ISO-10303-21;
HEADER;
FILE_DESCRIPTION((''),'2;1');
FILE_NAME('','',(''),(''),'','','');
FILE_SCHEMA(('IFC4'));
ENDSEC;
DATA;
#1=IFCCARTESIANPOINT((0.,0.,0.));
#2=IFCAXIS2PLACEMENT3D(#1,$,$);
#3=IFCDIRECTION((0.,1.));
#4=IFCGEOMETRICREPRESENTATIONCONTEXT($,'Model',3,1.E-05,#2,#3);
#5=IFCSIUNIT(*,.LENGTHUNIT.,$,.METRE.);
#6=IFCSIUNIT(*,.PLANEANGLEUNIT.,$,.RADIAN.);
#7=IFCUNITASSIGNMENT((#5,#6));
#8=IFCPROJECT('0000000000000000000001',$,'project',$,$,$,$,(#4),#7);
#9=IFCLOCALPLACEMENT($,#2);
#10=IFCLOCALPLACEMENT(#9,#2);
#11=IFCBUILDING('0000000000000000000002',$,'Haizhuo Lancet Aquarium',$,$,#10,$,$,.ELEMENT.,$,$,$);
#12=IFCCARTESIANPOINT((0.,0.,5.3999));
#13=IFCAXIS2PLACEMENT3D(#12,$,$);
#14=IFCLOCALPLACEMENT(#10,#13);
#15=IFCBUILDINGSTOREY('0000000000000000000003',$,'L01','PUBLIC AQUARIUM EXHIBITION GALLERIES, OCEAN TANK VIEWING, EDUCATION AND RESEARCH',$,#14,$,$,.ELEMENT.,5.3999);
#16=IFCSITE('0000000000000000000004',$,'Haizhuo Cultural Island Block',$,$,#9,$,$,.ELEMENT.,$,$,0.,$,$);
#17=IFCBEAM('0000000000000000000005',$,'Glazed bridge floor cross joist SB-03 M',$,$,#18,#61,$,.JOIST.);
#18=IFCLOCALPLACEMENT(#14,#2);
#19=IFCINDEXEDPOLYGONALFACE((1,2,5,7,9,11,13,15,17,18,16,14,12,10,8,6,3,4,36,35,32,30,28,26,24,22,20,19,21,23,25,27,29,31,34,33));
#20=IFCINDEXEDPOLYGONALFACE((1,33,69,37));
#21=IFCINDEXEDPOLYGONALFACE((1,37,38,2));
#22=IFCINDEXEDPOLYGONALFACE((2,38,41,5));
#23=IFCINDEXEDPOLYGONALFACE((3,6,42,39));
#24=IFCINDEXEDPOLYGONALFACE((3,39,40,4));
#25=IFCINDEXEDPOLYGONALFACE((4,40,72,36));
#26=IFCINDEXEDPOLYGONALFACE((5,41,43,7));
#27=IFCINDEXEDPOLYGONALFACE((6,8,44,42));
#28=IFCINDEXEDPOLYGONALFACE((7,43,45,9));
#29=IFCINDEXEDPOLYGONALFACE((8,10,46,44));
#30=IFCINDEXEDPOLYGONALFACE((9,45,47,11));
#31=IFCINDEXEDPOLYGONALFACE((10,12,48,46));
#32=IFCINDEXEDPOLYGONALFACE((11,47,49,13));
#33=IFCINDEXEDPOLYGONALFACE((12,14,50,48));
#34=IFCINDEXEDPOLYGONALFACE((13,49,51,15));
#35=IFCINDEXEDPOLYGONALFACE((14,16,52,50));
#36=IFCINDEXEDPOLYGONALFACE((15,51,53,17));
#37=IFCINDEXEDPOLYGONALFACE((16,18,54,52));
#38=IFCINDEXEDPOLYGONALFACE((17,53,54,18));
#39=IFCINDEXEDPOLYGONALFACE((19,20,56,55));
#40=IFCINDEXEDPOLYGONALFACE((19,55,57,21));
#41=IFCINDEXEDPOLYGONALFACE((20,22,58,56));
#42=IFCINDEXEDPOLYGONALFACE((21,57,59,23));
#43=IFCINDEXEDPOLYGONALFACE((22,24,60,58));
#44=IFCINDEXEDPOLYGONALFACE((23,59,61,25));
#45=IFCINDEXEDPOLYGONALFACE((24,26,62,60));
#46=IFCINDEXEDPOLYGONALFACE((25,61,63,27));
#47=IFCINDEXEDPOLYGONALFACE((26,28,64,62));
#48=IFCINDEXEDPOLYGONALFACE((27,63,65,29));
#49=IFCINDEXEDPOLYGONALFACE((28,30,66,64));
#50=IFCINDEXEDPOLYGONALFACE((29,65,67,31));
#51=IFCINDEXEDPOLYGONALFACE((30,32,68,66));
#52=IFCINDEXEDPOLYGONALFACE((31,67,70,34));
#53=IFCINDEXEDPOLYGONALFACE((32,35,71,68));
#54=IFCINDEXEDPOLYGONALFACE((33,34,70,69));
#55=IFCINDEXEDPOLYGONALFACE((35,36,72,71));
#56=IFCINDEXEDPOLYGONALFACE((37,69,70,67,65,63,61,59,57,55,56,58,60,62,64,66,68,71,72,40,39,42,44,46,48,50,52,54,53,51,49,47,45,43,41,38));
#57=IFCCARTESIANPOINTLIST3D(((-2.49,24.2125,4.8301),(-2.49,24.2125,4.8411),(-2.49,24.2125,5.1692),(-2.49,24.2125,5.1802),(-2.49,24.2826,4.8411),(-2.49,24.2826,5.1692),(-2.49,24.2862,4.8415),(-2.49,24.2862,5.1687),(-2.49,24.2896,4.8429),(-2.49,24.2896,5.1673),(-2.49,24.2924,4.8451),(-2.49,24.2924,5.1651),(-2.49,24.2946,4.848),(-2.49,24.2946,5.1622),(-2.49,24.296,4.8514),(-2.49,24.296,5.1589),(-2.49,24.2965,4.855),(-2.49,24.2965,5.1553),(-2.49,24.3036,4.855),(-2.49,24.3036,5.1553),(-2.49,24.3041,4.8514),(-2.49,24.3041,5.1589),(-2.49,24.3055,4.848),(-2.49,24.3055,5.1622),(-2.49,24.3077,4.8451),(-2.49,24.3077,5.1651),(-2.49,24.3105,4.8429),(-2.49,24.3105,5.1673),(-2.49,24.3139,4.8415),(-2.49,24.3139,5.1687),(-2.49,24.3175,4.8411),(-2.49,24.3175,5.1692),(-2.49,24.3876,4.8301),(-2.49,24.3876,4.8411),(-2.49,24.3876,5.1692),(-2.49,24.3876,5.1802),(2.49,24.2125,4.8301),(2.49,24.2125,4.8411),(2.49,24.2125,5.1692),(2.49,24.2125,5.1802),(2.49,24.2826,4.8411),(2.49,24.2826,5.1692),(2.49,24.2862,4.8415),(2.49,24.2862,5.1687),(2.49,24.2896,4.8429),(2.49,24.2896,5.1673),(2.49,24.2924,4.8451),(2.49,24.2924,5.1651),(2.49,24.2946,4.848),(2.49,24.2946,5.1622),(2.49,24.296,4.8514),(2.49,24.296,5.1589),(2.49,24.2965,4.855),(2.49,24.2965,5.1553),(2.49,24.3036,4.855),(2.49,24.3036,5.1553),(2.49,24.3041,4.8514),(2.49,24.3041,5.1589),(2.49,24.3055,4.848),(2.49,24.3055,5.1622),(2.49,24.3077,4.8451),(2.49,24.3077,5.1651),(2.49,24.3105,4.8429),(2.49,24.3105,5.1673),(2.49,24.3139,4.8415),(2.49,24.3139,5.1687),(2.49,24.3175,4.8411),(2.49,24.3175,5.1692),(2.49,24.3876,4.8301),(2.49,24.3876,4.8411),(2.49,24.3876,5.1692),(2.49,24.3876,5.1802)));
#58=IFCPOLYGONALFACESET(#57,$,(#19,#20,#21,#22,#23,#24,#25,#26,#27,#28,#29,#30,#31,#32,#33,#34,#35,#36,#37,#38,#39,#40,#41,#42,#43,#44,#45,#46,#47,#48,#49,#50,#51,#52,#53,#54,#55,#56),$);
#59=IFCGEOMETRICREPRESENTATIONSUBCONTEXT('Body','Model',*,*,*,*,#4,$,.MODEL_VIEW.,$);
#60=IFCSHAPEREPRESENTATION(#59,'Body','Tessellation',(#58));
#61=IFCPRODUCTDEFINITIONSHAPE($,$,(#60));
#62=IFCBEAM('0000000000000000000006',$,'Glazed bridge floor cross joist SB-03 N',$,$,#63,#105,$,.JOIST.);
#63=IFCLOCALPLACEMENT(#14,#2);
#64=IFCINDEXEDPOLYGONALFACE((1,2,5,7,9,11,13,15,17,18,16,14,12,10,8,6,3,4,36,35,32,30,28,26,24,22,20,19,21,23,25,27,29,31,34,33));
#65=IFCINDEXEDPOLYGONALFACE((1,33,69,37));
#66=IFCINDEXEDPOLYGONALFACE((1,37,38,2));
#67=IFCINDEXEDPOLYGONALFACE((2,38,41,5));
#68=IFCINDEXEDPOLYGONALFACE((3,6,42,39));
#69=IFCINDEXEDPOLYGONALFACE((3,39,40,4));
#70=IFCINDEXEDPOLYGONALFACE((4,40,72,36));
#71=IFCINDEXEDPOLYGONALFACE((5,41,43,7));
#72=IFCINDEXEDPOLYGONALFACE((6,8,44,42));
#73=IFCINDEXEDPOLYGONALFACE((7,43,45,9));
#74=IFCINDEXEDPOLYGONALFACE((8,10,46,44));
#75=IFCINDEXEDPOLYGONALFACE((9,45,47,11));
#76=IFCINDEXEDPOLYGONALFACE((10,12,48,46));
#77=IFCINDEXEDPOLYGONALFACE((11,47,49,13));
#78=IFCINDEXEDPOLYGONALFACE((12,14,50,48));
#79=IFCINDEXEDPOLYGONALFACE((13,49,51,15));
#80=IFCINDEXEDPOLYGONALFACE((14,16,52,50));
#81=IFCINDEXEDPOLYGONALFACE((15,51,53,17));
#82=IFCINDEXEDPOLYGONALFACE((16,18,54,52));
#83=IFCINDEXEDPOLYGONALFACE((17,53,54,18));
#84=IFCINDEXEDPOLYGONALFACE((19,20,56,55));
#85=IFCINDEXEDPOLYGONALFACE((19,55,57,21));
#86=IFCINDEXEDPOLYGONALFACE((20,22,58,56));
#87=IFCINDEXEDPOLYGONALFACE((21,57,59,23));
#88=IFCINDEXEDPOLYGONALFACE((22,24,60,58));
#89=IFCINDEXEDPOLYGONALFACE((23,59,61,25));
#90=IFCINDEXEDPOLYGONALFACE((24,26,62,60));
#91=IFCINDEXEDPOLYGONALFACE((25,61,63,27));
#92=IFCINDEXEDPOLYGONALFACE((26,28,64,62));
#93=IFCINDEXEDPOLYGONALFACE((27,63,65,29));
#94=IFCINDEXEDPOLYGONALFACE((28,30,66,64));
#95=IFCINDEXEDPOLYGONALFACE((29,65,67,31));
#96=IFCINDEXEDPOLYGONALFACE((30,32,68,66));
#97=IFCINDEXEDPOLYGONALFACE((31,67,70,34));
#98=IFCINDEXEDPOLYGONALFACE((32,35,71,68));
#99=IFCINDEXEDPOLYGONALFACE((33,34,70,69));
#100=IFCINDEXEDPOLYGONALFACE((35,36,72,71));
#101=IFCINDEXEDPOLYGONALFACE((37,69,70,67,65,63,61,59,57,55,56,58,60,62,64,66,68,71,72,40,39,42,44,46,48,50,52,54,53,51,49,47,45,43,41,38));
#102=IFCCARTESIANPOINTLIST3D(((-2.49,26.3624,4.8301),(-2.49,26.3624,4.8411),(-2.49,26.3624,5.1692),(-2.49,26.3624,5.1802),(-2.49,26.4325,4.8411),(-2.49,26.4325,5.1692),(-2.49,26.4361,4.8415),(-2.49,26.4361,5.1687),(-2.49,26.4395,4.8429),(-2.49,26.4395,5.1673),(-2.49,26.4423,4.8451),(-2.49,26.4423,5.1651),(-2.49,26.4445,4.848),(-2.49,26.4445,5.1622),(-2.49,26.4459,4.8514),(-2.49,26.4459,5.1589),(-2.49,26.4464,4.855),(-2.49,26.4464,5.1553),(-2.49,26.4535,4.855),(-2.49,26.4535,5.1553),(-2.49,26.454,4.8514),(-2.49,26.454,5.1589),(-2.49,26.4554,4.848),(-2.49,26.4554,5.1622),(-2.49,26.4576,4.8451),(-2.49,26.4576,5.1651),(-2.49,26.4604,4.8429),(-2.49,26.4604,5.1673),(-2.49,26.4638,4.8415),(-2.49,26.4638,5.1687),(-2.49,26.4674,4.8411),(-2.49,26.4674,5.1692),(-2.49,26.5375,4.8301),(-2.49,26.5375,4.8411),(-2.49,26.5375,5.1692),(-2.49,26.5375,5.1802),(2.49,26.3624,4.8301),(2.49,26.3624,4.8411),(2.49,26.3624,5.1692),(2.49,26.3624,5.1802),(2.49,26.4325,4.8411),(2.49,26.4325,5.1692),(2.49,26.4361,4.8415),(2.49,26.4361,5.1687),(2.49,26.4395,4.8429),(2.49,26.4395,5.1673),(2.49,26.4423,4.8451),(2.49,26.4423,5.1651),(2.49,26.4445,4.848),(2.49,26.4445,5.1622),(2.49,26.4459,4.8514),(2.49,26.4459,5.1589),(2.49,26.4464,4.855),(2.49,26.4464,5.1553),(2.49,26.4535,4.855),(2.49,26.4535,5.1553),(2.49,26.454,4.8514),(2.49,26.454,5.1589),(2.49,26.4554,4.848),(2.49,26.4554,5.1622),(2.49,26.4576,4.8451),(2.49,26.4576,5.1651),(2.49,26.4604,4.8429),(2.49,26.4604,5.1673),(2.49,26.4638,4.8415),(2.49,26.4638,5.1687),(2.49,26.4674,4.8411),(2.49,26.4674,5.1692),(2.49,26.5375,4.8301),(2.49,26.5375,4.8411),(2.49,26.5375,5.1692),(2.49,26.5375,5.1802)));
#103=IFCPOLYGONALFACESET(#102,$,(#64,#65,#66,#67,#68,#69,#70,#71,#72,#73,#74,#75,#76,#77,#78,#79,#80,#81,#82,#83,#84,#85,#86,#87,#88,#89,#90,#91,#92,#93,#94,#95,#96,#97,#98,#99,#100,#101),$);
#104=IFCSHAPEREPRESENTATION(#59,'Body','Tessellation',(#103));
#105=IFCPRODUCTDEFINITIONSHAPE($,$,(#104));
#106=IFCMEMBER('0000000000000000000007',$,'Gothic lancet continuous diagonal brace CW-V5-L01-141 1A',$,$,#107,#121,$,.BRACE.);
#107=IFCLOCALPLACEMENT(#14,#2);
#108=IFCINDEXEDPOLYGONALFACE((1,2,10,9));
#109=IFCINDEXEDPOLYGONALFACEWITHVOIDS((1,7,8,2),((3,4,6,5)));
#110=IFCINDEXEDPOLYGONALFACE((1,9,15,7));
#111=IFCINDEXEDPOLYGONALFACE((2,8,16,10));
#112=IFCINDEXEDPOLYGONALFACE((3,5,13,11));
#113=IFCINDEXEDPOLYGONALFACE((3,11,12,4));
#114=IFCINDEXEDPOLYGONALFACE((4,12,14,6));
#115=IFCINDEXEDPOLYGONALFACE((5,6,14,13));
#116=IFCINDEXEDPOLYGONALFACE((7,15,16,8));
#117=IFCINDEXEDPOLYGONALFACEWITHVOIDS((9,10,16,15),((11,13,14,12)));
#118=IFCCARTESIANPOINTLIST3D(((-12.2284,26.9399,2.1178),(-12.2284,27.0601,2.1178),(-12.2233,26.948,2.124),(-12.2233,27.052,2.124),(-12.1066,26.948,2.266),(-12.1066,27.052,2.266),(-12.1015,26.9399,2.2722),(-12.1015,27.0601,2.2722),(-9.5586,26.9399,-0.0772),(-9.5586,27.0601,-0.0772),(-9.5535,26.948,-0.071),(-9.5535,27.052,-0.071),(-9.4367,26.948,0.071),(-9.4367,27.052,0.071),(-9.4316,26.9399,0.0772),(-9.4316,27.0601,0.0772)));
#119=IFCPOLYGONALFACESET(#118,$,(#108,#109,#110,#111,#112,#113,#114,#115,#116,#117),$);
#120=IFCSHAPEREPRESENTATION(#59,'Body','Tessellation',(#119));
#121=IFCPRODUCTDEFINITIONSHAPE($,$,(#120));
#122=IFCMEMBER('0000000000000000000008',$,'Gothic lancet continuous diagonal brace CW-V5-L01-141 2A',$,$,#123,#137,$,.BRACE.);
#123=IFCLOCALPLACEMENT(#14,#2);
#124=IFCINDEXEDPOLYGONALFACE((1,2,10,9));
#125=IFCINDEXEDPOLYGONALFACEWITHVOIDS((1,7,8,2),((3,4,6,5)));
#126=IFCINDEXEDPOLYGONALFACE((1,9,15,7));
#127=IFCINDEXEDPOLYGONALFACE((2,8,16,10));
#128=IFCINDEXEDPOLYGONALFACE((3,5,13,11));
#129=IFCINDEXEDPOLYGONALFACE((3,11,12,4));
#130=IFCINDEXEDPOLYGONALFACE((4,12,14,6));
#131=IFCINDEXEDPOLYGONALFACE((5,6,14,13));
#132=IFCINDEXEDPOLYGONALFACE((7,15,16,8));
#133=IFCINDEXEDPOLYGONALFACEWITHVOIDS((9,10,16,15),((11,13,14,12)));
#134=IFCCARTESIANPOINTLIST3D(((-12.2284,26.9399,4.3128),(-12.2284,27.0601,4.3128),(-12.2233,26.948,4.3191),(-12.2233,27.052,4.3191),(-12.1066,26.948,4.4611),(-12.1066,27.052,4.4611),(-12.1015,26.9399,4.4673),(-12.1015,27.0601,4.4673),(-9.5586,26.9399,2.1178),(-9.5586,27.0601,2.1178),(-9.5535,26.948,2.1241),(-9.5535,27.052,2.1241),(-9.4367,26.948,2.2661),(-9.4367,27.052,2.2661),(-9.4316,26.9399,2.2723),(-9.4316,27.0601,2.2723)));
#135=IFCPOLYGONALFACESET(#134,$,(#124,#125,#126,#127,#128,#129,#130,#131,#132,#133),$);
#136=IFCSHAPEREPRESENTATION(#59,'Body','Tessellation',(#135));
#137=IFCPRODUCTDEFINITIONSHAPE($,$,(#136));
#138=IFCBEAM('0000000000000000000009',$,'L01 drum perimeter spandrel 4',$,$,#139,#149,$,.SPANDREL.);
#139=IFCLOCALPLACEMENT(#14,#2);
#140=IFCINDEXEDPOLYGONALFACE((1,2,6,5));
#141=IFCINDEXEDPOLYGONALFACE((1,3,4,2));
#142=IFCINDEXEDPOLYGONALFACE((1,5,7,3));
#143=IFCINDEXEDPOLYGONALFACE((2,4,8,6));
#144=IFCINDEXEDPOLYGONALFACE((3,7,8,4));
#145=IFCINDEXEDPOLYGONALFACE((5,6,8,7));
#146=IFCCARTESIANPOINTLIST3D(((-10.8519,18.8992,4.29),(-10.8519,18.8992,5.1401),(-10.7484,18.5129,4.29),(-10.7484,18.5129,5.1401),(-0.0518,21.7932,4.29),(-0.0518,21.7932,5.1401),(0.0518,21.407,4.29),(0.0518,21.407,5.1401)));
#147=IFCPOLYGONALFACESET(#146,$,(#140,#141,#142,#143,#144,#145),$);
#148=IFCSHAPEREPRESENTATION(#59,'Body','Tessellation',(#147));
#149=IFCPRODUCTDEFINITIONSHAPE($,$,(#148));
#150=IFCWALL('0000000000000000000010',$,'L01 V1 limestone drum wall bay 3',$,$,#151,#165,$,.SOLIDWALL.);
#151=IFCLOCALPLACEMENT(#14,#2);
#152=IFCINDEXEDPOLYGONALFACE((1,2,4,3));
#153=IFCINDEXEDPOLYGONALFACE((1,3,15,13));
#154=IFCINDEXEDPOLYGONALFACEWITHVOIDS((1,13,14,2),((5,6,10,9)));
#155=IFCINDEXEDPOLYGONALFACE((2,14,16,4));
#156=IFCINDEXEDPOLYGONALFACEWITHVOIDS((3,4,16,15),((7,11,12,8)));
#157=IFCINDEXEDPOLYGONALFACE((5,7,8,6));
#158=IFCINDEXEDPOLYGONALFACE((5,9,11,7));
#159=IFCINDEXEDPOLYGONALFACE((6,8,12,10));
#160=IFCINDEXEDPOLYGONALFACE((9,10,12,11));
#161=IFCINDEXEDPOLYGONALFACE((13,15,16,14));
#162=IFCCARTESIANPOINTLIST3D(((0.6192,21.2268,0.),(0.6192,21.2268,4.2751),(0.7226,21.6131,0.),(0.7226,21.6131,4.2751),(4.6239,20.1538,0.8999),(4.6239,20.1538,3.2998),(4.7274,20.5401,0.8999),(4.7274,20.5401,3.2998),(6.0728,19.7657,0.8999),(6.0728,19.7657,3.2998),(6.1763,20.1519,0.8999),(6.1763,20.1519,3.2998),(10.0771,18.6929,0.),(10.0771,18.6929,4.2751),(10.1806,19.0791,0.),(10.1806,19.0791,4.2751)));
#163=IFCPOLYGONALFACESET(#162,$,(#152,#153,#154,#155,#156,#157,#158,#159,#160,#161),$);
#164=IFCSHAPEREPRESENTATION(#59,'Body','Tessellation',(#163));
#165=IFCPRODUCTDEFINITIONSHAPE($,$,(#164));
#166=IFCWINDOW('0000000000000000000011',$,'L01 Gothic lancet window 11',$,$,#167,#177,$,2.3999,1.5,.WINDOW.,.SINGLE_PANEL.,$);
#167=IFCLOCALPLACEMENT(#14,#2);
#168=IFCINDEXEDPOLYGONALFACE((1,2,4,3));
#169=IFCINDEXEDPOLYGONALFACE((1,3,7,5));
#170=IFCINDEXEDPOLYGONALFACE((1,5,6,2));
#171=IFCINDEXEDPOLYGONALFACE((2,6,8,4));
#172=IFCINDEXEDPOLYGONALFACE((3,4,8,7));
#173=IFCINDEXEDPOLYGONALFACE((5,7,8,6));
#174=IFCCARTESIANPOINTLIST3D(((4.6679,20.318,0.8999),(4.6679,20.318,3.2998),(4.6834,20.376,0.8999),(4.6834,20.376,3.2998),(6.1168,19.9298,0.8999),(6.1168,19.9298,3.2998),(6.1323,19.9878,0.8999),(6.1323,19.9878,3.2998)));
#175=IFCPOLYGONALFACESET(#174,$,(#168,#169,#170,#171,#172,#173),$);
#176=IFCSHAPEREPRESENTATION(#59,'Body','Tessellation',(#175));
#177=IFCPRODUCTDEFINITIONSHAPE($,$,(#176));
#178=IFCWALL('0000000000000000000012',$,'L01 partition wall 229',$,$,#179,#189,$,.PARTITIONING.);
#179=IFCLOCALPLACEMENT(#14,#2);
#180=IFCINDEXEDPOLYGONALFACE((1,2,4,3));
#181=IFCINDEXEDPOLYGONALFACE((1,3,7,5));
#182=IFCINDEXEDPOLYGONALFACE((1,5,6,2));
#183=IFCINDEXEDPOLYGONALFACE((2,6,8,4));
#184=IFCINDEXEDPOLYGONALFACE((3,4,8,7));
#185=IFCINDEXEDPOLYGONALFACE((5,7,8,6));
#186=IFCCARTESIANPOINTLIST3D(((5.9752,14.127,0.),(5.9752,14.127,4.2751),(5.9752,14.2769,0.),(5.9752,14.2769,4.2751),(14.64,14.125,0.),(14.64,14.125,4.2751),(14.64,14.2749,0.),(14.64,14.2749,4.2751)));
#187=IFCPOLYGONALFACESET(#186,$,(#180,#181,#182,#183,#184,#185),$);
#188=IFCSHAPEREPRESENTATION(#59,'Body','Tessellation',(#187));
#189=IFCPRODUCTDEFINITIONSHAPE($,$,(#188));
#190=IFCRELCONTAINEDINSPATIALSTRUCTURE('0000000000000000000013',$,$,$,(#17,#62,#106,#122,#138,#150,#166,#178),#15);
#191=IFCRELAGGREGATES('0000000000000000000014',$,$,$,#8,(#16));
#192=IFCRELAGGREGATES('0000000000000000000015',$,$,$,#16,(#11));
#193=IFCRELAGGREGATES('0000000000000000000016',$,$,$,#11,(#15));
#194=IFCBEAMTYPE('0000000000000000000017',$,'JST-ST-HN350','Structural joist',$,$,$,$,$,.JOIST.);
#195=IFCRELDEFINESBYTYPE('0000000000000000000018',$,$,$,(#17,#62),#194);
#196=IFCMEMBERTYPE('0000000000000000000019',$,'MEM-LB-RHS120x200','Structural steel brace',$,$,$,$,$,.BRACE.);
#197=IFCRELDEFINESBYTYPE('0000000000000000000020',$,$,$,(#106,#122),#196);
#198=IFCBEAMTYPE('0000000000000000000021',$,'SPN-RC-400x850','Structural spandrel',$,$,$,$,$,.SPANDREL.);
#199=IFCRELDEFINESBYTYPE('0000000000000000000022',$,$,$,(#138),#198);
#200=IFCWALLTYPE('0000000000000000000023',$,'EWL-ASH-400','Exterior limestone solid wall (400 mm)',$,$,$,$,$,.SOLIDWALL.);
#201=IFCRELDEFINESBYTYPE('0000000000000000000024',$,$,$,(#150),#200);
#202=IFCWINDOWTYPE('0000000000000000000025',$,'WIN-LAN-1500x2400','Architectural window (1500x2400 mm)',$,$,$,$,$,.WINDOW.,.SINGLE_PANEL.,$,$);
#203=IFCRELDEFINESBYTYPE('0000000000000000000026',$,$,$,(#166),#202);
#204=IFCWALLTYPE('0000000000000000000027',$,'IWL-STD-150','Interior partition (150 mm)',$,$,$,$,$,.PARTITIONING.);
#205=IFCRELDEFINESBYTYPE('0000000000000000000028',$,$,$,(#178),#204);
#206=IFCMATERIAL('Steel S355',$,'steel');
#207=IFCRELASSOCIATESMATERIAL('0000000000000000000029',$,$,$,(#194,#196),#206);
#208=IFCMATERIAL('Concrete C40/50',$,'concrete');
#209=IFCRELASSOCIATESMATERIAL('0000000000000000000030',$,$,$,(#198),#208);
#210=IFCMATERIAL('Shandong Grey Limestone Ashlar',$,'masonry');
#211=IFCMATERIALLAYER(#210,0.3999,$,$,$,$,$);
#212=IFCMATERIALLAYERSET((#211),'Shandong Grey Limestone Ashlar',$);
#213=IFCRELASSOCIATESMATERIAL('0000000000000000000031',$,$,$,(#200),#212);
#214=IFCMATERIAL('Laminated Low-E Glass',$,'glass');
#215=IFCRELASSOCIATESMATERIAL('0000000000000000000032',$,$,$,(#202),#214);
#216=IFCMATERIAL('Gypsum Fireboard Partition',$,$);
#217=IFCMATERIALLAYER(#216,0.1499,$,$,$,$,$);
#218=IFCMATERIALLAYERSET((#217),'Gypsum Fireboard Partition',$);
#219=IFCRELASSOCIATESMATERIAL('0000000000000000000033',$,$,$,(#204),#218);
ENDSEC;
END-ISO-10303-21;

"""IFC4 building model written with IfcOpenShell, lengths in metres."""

from ifc_helpers import new_model, si_unit, direction, frame, frame_2d, origin, origin_2d, place, context, subcontext, project, spatial, rectangle, hollow_rectangle, i_section, extrude, material, layer, layer_set, material_profile, profile_set, type_object, element, fill, save


model = new_model("IFC4")

# Units and contexts
model_context = context("Model", 3, precision=1e-05, world=origin(), true_north=direction((0.0, 1.0)))
body_context = subcontext(model_context, "Body", "Model", "MODEL_VIEW")
ifc_project = project(units=[si_unit("LENGTHUNIT", "METRE"), si_unit("PLANEANGLEUNIT", "RADIAN")], contexts=[model_context])

# Site, building, storey
site_placement = place(None, origin())
site = spatial("IfcSite", under=ifc_project, at=site_placement, Name="Haizhuo Cultural Island Block", CompositionType="ELEMENT", RefElevation=0.0)
building_placement = place(site_placement, origin())
building = spatial("IfcBuilding", under=site, at=building_placement, Name="Haizhuo Lancet Aquarium", CompositionType="ELEMENT")
storey_placement = place(building_placement, frame((0.0, 0.0, 5.3999)))
storey = spatial("IfcBuildingStorey", under=building, at=storey_placement, Name="L01", Description="PUBLIC AQUARIUM EXHIBITION GALLERIES, OCEAN TANK VIEWING, EDUCATION AND RESEARCH", CompositionType="ELEMENT", Elevation=5.3999)

# Shared definitions
ifc_material_1 = material(Name="Concrete C40/50", Category="concrete")
ifc_material_2 = material(Name="Steel S355", Category="steel")

# Beams
ifc_material_profile_1 = material_profile(ifc_material_2, i_section(OverallWidth=0.175, OverallDepth=0.3501, WebThickness=0.0071, FlangeThickness=0.011, FilletRadius=0.0139, at=origin_2d()), Name="HN 350x175x7x11")
ifc_profile_set_1 = profile_set([ifc_material_profile_1], Name="Steel S355")
beam_type_1 = type_object("IfcBeamType", Name="JST-ST-HN350", Description="Structural joist", PredefinedType="JOIST", material=ifc_profile_set_1)
for number, where, z_axis, x_axis, name in (
    (1, (-2.49, 24.3, 5.0051), (1.0, 0.0, 0.0), (0.0, 1.0, 0.0), "Glazed bridge floor cross joist SB-03 M"),
    (2, (-2.49, 26.45, 5.0051), (1.0, 0.0, 0.0), (0.0, 1.0, 0.0), "Glazed bridge floor cross joist SB-03 N"),
):
    element("IfcBeam", number, at=place(storey_placement, frame(where, z_axis=z_axis, x_axis=x_axis)), inside=storey, type_object=beam_type_1, Name=name, PredefinedType="JOIST", context=body_context, shape_type="SweptSolid", body=[
        extrude(i_section(OverallWidth=0.175, OverallDepth=0.3501, WebThickness=0.0071, FlangeThickness=0.011, FilletRadius=0.0139, at=origin_2d()), origin(), (0.0, 0.0, 1.0), 4.98),
    ])

# Members
ifc_material_profile_2 = material_profile(ifc_material_2, hollow_rectangle(XDim=0.1201, YDim=0.2, WallThickness=0.0081, at=origin_2d()), Name="RHS 120x200x8")
ifc_profile_set_2 = profile_set([ifc_material_profile_2], Name="Steel S355")
member_type_1 = type_object("IfcMemberType", Name="MEM-LB-RHS120x200", Description="Structural steel brace", PredefinedType="BRACE", material=ifc_profile_set_2)
for number, where, z_axis, x_axis, name in (
    (3, (-9.4951, 27.0, 0.0), (-0.772454, 0.0, 0.635071), (0.0, -1.0, 0.0), "Gothic lancet continuous diagonal brace CW-V5-L01-141 1A"),
    (4, (-9.4951, 27.0, 2.1951), (-0.772454, 0.0, 0.635071), (0.0, -1.0, 0.0), "Gothic lancet continuous diagonal brace CW-V5-L01-141 2A"),
):
    element("IfcMember", number, at=place(storey_placement, frame(where, z_axis=z_axis, x_axis=x_axis)), inside=storey, type_object=member_type_1, Name=name, PredefinedType="BRACE", context=body_context, shape_type="SweptSolid", body=[
        extrude(hollow_rectangle(XDim=0.1201, YDim=0.2, WallThickness=0.0081, at=origin_2d()), origin(), (0.0, 0.0, 1.0), 3.4563),
    ])

# Beam
ifc_material_profile_3 = material_profile(ifc_material_1, rectangle(XDim=0.3999, YDim=0.8501, at=origin_2d()), Name="RC-SP 400x850")
ifc_profile_set_3 = profile_set([ifc_material_profile_3], Name="Concrete C40/50")
beam_type_2 = type_object("IfcBeamType", Name="SPN-RC-400x850", Description="Structural spandrel", PredefinedType="SPANDREL", material=ifc_profile_set_3)
beam_1_placement = place(storey_placement, frame((0.0, 21.6001, 4.7151), z_axis=(-0.965922, -0.258834, 0.0), x_axis=(0.258834, -0.965922, 0.0)))
element("IfcBeam", 5, at=beam_1_placement, inside=storey, type_object=beam_type_2, Name="L01 drum perimeter spandrel 4", PredefinedType="SPANDREL", context=body_context, shape_type="SweptSolid", body=[
    extrude(rectangle(XDim=0.3999, YDim=0.8501, at=origin_2d()), origin(), (0.0, 0.0, 1.0), 11.1812),
])

# Wall, opening, window
ifc_material_3 = material(Name="Shandong Grey Limestone Ashlar", Category="masonry")
ifc_layer_1 = layer(ifc_material_3, 0.3999)
ifc_layer_set_1 = layer_set([ifc_layer_1], Name="Shandong Grey Limestone Ashlar")
wall_type_1 = type_object("IfcWallType", Name="EWL-ASH-400", Description="Exterior limestone solid wall (400 mm)", PredefinedType="SOLIDWALL", material=ifc_layer_set_1)
wall_1_placement = place(storey_placement, frame((0.6709, 21.4199, 0.0), z_axis=(0.0, 0.0, 1.0), x_axis=(0.965934, -0.258788, 0.0)))
wall_1 = element("IfcWall", 6, at=wall_1_placement, inside=storey, type_object=wall_type_1, Name="L01 V1 limestone drum wall bay 3", PredefinedType="SOLIDWALL", context=body_context, shape_type="SweptSolid", body=[
    extrude(rectangle(XDim=9.7915, YDim=0.3999, at=frame_2d((4.8958, 0.0))), origin(), (0.0, 0.0, 1.0), 4.2751),
])
opening_placement = place(wall_1_placement, frame((4.146, 0.0, 0.8999)))
opening = element("IfcOpeningElement", 7, at=opening_placement, cuts=wall_1, PredefinedType="OPENING", context=body_context, shape_type="SweptSolid", body=[
    extrude(rectangle(XDim=1.5, YDim=2.3999, at=frame_2d((0.75, 1.2))), frame((0.0, 0.21, 0.0), z_axis=(0.0, -1.0, 0.0), x_axis=(1.0, 0.0, 0.0)), (0.0, 0.0, 1.0), 0.4199),
])
ifc_material_4 = material(Name="Laminated Low-E Glass", Category="glass")
window_type = type_object("IfcWindowType", Name="WIN-LAN-1500x2400", Description="Architectural window (1500x2400 mm)", PartitioningType="SINGLE_PANEL", PredefinedType="WINDOW", material=ifc_material_4)
window_placement = place(opening_placement, origin())
window = element("IfcWindow", 8, at=window_placement, inside=storey, type_object=window_type, Name="L01 Gothic lancet window 11", OverallHeight=2.3999, OverallWidth=1.5, PartitioningType="SINGLE_PANEL", PredefinedType="WINDOW", context=body_context, shape_type="SweptSolid", body=[
    extrude(rectangle(XDim=1.5, YDim=2.3999, at=frame_2d((0.75, 1.2))), frame((0.0, 0.03, 0.0), z_axis=(0.0, -1.0, 0.0), x_axis=(1.0, 0.0, 0.0)), (0.0, 0.0, 1.0), 0.0601),
])
fill(opening, window)

# Wall
ifc_material_5 = material(Name="Gypsum Fireboard Partition")
ifc_layer_2 = layer(ifc_material_5, 0.1499)
ifc_layer_set_2 = layer_set([ifc_layer_2], Name="Gypsum Fireboard Partition")
wall_type_2 = type_object("IfcWallType", Name="IWL-STD-150", Description="Interior partition (150 mm)", PredefinedType="PARTITIONING", material=ifc_layer_set_2)
wall_2_placement = place(storey_placement, frame((5.9751, 14.2019, 0.0), z_axis=(0.0, 0.0, 1.0), x_axis=(1.0, -0.000225, 0.0)))
element("IfcWall", 9, at=wall_2_placement, inside=storey, type_object=wall_type_2, Name="L01 partition wall 229", PredefinedType="PARTITIONING", context=body_context, shape_type="SweptSolid", body=[
    extrude(rectangle(XDim=8.6648, YDim=0.1499, at=frame_2d((4.3325, 0.0))), origin(), (0.0, 0.0, 1.0), 4.2751),
])

save(model, "model.ifc")
